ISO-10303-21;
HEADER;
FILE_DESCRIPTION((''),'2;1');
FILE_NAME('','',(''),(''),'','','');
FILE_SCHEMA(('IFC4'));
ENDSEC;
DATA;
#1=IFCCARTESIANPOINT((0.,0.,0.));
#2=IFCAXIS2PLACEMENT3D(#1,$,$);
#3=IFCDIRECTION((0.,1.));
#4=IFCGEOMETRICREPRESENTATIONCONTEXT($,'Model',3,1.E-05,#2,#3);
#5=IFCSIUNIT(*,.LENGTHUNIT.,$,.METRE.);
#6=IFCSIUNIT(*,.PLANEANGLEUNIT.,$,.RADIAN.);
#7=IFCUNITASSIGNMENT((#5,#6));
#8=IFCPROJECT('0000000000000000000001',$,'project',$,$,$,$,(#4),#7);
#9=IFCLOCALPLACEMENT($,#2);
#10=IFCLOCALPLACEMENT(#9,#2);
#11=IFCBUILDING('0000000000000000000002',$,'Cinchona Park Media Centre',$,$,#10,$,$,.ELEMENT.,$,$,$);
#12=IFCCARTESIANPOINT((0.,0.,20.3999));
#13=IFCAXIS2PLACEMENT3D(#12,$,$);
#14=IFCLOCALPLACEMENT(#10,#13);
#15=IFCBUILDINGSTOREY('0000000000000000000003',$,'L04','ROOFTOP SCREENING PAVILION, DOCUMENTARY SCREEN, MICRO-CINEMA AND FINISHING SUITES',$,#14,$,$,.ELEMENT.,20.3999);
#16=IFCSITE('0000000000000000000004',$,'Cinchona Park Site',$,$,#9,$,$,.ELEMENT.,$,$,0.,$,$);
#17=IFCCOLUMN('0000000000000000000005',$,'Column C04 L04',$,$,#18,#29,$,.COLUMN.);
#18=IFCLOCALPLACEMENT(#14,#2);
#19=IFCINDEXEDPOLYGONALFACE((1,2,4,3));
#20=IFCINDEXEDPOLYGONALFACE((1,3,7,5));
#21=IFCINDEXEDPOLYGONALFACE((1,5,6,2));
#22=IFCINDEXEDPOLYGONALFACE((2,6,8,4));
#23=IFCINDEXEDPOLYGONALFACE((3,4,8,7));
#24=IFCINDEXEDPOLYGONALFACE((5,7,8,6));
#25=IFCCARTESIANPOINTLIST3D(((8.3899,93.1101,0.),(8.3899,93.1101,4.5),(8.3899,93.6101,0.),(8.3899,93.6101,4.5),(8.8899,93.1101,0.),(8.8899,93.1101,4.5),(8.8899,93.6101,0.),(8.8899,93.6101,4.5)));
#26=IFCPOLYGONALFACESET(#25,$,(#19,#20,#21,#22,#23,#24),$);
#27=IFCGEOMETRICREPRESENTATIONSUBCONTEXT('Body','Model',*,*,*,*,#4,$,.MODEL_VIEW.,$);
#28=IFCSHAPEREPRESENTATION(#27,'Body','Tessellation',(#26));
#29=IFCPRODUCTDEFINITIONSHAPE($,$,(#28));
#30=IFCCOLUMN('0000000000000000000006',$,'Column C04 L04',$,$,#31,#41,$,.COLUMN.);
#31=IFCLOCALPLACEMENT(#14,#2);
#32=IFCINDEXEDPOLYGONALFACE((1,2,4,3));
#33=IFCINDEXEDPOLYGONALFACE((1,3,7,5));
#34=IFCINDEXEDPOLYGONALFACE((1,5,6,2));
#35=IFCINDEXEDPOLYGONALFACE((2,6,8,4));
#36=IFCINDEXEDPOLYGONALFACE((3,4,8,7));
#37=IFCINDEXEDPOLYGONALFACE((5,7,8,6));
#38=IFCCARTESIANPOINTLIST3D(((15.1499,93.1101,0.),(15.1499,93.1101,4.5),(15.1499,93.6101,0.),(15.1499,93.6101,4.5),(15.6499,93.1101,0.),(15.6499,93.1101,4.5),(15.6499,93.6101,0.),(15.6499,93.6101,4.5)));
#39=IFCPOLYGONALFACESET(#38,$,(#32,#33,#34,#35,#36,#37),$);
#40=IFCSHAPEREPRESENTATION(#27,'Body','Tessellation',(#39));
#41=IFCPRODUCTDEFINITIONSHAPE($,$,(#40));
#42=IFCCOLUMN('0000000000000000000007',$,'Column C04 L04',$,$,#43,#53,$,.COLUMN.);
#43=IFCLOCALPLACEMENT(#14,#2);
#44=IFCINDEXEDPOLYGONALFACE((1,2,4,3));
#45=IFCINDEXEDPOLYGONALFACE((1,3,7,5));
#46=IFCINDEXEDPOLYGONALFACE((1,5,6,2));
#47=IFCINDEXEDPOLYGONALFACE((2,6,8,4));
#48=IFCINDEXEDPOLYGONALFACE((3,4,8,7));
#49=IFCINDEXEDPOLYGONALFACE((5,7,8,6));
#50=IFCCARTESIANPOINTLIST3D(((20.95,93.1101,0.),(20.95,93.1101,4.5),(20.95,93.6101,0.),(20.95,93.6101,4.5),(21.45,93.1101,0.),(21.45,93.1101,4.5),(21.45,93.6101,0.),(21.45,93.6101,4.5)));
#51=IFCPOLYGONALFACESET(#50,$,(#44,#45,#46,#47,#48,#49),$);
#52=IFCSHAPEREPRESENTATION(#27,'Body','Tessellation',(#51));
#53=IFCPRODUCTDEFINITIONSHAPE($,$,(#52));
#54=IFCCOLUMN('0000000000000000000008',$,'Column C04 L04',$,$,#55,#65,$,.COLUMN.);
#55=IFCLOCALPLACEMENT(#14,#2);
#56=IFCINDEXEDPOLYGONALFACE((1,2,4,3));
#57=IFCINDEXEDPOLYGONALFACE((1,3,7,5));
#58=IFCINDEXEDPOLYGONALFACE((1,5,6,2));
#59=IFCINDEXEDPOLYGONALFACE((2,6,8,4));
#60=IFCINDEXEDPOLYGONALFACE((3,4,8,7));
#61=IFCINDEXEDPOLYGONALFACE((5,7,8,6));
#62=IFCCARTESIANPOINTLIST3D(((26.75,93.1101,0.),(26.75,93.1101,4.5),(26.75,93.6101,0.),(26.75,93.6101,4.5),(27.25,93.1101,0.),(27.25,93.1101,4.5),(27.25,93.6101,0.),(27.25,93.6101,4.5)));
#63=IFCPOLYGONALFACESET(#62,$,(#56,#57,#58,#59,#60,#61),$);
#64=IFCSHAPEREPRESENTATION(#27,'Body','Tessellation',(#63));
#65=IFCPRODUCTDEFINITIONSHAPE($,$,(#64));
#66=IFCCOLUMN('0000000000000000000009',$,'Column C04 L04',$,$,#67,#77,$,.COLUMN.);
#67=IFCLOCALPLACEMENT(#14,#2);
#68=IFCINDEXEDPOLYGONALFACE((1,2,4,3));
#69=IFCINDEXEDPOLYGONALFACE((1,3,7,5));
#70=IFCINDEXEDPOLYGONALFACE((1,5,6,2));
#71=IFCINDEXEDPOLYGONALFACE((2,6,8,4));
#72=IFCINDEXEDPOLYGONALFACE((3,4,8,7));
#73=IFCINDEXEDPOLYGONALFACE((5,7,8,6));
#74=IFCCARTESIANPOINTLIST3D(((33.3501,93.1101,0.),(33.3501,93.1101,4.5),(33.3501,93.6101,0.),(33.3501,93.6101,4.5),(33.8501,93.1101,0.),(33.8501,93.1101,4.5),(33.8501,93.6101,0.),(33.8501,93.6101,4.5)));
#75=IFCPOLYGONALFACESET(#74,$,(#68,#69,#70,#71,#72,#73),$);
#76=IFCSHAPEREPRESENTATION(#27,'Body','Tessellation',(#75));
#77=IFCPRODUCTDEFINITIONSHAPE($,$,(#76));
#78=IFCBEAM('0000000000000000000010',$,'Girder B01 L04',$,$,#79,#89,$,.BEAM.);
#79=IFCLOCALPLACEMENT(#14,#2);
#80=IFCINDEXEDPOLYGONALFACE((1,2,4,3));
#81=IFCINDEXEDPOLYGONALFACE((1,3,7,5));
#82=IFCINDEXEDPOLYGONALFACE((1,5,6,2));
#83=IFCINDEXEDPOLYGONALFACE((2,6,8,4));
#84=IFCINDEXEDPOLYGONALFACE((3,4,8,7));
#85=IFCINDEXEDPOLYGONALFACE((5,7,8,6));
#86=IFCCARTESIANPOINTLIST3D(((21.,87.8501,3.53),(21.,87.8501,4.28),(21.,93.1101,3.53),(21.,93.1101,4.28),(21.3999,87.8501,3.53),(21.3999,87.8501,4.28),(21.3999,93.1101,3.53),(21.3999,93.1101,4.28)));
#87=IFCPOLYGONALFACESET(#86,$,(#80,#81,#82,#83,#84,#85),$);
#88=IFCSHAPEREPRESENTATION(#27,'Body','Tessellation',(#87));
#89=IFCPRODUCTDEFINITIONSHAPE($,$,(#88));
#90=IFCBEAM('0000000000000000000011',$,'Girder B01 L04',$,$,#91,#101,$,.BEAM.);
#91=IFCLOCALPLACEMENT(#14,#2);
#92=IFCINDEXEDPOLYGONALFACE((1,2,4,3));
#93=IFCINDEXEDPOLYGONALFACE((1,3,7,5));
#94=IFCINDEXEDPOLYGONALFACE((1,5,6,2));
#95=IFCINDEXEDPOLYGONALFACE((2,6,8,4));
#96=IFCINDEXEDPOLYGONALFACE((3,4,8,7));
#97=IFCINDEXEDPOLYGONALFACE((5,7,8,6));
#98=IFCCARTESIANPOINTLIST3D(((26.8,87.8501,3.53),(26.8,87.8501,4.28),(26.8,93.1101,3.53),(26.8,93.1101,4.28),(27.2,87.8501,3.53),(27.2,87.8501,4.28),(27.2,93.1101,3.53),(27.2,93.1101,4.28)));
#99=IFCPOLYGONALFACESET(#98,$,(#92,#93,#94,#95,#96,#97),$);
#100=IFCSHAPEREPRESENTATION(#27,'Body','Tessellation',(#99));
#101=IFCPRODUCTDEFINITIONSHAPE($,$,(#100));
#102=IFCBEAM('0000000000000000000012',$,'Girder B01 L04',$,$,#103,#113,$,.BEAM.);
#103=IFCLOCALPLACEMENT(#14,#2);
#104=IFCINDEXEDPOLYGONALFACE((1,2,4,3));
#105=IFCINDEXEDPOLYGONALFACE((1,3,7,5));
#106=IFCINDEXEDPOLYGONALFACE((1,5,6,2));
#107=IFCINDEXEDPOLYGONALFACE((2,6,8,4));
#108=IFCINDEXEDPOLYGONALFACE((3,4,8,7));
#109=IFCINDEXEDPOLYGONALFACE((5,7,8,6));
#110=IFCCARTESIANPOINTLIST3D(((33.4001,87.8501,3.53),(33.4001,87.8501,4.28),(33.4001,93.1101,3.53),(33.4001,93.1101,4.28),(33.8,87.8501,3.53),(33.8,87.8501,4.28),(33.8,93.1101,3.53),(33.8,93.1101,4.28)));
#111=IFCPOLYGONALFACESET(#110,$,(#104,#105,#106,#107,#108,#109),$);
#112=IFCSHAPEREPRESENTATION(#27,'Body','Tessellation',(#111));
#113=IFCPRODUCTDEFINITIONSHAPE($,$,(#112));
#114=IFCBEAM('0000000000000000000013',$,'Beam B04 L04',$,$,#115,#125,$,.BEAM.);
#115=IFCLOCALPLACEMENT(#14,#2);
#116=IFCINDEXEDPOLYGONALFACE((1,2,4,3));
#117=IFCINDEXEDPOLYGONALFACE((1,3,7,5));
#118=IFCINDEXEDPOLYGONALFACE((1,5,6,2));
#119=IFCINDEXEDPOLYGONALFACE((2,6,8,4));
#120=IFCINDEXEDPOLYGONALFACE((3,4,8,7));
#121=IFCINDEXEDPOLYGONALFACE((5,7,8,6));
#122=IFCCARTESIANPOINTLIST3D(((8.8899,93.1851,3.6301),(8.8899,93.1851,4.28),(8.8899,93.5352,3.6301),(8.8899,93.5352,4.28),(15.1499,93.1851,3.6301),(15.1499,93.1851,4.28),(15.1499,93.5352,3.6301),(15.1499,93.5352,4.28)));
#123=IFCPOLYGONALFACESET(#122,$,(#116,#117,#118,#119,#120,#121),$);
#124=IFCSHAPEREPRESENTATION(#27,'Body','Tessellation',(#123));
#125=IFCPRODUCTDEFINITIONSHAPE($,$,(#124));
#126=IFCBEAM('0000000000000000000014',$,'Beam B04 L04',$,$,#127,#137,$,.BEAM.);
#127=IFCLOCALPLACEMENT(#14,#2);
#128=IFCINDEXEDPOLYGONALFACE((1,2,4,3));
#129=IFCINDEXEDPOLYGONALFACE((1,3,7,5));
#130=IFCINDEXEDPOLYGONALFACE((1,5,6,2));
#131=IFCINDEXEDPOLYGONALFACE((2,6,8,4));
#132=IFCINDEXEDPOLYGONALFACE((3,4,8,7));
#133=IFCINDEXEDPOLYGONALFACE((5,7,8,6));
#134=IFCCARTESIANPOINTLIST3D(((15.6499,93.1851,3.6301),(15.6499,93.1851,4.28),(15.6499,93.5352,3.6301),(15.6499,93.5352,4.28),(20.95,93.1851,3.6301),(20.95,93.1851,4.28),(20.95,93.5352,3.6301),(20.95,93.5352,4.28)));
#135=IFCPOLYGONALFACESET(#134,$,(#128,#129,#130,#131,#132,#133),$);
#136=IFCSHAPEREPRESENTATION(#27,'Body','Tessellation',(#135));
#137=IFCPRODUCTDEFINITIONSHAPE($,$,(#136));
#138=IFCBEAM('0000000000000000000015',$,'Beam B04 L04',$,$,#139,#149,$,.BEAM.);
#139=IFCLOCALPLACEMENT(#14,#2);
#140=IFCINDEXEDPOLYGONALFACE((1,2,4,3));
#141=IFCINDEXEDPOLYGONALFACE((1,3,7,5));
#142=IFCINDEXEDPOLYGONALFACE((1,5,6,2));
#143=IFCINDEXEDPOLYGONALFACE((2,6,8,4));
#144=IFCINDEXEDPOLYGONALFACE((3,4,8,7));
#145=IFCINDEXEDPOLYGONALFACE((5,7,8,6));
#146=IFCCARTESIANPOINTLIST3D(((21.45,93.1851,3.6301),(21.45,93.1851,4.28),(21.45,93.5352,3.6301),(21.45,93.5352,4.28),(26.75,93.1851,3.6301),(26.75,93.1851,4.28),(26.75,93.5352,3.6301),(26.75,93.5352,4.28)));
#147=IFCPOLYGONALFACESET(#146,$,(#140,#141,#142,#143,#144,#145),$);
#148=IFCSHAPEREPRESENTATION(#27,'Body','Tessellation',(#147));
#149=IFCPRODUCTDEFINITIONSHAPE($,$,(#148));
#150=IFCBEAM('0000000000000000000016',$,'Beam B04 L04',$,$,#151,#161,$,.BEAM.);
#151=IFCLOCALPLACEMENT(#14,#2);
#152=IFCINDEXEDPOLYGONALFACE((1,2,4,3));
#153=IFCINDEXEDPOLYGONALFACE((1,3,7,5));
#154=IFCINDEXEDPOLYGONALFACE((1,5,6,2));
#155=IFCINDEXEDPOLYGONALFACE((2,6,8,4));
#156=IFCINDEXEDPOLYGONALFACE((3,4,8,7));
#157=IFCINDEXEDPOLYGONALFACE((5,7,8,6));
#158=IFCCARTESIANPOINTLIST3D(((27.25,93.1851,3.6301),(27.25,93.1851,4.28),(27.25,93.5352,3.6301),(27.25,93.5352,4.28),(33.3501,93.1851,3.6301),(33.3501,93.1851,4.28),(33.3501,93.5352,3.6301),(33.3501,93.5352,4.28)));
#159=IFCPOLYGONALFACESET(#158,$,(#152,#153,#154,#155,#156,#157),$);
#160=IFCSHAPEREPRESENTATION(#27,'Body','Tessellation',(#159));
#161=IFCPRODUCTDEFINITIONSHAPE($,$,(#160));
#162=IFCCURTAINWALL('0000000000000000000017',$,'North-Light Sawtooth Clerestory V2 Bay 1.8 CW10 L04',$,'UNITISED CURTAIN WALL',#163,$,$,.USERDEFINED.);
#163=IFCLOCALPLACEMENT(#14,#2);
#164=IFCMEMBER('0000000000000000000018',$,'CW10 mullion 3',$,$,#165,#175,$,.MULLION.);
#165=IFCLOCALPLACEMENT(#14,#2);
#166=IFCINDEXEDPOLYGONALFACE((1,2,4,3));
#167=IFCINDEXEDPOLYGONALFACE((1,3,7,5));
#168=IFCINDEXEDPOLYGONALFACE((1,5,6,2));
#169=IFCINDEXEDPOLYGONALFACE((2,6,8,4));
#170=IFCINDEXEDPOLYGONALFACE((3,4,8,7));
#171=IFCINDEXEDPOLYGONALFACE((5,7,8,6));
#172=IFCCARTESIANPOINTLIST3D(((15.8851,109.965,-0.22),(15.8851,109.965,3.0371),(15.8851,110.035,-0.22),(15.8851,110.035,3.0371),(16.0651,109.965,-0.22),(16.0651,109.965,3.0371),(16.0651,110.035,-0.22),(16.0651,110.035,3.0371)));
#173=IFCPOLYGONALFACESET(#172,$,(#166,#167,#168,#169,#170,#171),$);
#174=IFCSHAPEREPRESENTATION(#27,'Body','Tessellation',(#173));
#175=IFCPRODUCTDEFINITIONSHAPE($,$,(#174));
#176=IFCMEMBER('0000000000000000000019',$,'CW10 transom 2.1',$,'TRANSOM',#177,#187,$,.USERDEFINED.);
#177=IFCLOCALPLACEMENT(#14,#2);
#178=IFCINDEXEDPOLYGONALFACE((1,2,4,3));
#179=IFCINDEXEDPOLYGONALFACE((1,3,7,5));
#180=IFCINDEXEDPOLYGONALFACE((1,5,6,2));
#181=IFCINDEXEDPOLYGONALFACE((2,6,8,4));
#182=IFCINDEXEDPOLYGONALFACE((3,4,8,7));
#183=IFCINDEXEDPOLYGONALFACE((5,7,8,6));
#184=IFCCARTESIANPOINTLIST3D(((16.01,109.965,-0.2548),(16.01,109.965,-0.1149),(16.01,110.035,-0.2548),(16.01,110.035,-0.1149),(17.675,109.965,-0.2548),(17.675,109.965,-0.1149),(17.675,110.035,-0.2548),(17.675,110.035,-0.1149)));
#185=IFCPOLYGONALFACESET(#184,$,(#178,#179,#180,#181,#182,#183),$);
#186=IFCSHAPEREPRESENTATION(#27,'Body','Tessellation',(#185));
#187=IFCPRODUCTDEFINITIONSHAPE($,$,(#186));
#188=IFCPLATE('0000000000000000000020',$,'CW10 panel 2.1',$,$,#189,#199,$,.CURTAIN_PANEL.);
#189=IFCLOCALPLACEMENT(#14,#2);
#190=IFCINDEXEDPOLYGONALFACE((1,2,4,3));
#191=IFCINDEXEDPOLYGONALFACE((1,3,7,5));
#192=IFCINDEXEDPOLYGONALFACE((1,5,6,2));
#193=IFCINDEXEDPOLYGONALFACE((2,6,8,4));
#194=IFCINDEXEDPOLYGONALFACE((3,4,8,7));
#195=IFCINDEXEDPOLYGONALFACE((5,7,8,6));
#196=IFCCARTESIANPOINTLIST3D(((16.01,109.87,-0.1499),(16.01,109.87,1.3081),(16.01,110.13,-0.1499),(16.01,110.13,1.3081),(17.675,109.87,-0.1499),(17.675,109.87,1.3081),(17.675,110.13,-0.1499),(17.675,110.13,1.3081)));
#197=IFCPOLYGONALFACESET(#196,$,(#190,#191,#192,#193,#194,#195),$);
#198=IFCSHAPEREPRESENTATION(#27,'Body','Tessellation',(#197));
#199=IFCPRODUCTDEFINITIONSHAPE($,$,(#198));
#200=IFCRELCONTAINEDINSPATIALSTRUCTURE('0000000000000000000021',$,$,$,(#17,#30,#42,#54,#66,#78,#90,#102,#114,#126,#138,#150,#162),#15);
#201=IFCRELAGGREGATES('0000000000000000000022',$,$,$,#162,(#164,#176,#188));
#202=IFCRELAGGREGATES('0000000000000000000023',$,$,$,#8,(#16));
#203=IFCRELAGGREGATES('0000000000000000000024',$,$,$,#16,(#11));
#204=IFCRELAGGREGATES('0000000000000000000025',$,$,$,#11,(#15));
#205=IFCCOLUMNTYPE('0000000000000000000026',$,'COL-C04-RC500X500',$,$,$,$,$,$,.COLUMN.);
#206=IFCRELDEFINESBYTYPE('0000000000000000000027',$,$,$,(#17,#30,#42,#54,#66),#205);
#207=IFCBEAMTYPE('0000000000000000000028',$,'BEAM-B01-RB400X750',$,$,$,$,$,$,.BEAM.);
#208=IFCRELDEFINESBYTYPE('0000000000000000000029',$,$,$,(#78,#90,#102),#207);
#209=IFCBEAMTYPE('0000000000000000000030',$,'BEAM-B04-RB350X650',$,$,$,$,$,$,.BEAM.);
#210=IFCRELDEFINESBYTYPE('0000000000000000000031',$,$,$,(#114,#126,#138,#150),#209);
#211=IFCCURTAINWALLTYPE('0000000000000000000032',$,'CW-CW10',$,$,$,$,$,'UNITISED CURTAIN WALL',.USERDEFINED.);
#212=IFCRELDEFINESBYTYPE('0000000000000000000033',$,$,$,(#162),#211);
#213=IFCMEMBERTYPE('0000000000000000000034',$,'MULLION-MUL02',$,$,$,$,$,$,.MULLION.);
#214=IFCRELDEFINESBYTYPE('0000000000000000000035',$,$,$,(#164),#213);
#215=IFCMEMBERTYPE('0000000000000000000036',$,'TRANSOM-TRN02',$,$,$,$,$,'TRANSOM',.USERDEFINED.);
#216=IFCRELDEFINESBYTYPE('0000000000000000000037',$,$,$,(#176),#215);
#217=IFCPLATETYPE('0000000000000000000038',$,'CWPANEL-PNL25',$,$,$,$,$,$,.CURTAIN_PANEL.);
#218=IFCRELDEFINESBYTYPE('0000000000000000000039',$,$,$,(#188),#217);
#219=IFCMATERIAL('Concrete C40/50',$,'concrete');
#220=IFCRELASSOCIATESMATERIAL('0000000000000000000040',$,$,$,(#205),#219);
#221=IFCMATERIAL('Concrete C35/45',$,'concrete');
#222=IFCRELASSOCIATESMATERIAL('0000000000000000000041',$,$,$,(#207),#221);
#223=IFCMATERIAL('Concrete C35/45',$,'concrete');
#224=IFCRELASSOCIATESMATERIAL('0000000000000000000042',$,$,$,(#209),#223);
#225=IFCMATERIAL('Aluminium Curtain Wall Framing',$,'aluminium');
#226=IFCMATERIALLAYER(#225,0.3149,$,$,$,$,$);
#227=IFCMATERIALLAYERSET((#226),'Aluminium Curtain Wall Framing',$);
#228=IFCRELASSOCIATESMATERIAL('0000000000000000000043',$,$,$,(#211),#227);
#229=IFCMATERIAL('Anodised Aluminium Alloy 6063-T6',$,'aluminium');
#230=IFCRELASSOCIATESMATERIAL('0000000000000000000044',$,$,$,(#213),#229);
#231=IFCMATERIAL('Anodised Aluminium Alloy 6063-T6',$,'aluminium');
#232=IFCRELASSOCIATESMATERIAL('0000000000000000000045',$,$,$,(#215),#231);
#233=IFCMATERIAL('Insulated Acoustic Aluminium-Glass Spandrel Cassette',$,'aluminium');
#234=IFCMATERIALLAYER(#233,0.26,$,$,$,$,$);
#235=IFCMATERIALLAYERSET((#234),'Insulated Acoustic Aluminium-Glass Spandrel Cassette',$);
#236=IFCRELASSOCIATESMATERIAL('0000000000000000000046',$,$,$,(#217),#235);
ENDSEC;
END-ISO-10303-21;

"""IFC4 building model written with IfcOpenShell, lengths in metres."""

from ifc_helpers import new_model, si_unit, direction, frame, origin, origin_2d, place, context, subcontext, project, spatial, rectangle, extrude, material, layer, layer_set, material_profile, profile_set, type_object, element, aggregate, save


model = new_model("IFC4")

# Units and contexts
model_context = context("Model", 3, precision=1e-05, world=origin(), true_north=direction((0.0, 1.0)))
body_context = subcontext(model_context, "Body", "Model", "MODEL_VIEW")
ifc_project = project(units=[si_unit("LENGTHUNIT", "METRE"), si_unit("PLANEANGLEUNIT", "RADIAN")], contexts=[model_context])

# Site, building, storey
site_placement = place(None, origin())
site = spatial("IfcSite", under=ifc_project, at=site_placement, Name="Cinchona Park Site", CompositionType="ELEMENT", RefElevation=0.0)
building_placement = place(site_placement, origin())
building = spatial("IfcBuilding", under=site, at=building_placement, Name="Cinchona Park Media Centre", CompositionType="ELEMENT")
storey_placement = place(building_placement, frame((0.0, 0.0, 20.3999)))
storey = spatial("IfcBuildingStorey", under=building, at=storey_placement, Name="L04", Description="ROOFTOP SCREENING PAVILION, DOCUMENTARY SCREEN, MICRO-CINEMA AND FINISHING SUITES", CompositionType="ELEMENT", Elevation=20.3999)

# Columns
ifc_material_1 = material(Name="Concrete C40/50", Category="concrete")
ifc_material_profile_1 = material_profile(ifc_material_1, rectangle(XDim=0.5, YDim=0.5, at=origin_2d()), Name="RC 500X500")
ifc_profile_set_1 = profile_set([ifc_material_profile_1], Name="Concrete C40/50")
column_type = type_object("IfcColumnType", Name="COL-C04-RC500X500", PredefinedType="COLUMN", material=ifc_profile_set_1)
for number, where, z_axis, x_axis, name in (
    (1, (8.6399, 93.3601, 0.0), (0.0, 0.0, 1.0), (1.0, 0.0, 0.0), "Column C04 L04"),
    (2, (15.3999, 93.3601, 0.0), (0.0, 0.0, 1.0), (1.0, 0.0, 0.0), "Column C04 L04"),
    (3, (21.2, 93.3601, 0.0), (0.0, 0.0, 1.0), (1.0, 0.0, 0.0), "Column C04 L04"),
    (4, (27.0, 93.3601, 0.0), (0.0, 0.0, 1.0), (1.0, 0.0, 0.0), "Column C04 L04"),
    (5, (33.6001, 93.3601, 0.0), (0.0, 0.0, 1.0), (1.0, 0.0, 0.0), "Column C04 L04"),
):
    element("IfcColumn", number, at=place(storey_placement, frame(where, z_axis=z_axis, x_axis=x_axis)), inside=storey, type_object=column_type, Name=name, PredefinedType="COLUMN", context=body_context, shape_type="SweptSolid", body=[
        extrude(rectangle(XDim=0.5, YDim=0.5, at=origin_2d()), origin(), (0.0, 0.0, 1.0), 4.5),
    ])

# Beams
ifc_material_2 = material(Name="Concrete C35/45", Category="concrete")
ifc_material_profile_2 = material_profile(ifc_material_2, rectangle(XDim=0.3999, YDim=0.75, at=origin_2d()), Name="RB 400X750")
ifc_profile_set_2 = profile_set([ifc_material_profile_2], Name="Concrete C35/45")
beam_type_1 = type_object("IfcBeamType", Name="BEAM-B01-RB400X750", PredefinedType="BEAM", material=ifc_profile_set_2)
for number, where, z_axis, x_axis, name in (
    (6, (21.2, 87.8501, 3.905), (0.0, 1.0, 0.0), (-1.0, 0.0, 0.0), "Girder B01 L04"),
    (7, (27.0, 87.8501, 3.905), (0.0, 1.0, 0.0), (-1.0, 0.0, 0.0), "Girder B01 L04"),
    (8, (33.6001, 87.8501, 3.905), (0.0, 1.0, 0.0), (-1.0, 0.0, 0.0), "Girder B01 L04"),
):
    element("IfcBeam", number, at=place(storey_placement, frame(where, z_axis=z_axis, x_axis=x_axis)), inside=storey, type_object=beam_type_1, Name=name, PredefinedType="BEAM", context=body_context, shape_type="SweptSolid", body=[
        extrude(rectangle(XDim=0.3999, YDim=0.75, at=origin_2d()), origin(), (0.0, 0.0, 1.0), 5.26),
    ])
ifc_material_3 = material(Name="Concrete C35/45", Category="concrete")
ifc_material_profile_3 = material_profile(ifc_material_3, rectangle(XDim=0.3501, YDim=0.6499, at=origin_2d()), Name="RB 350X650")
ifc_profile_set_3 = profile_set([ifc_material_profile_3], Name="Concrete C35/45")
beam_type_2 = type_object("IfcBeamType", Name="BEAM-B04-RB350X650", PredefinedType="BEAM", material=ifc_profile_set_3)
beam_1_placement = place(storey_placement, frame((8.8899, 93.3601, 3.9551), z_axis=(1.0, 0.0, 0.0), x_axis=(0.0, 1.0, 0.0)))
element("IfcBeam", 9, at=beam_1_placement, inside=storey, type_object=beam_type_2, Name="Beam B04 L04", PredefinedType="BEAM", context=body_context, shape_type="SweptSolid", body=[
    extrude(rectangle(XDim=0.3501, YDim=0.6499, at=origin_2d()), origin(), (0.0, 0.0, 1.0), 6.26),
])
for number, where, z_axis, x_axis, name in (
    (10, (15.6499, 93.3601, 3.9551), (1.0, 0.0, 0.0), (0.0, 1.0, 0.0), "Beam B04 L04"),
    (11, (21.45, 93.3601, 3.9551), (1.0, 0.0, 0.0), (0.0, 1.0, 0.0), "Beam B04 L04"),
):
    element("IfcBeam", number, at=place(storey_placement, frame(where, z_axis=z_axis, x_axis=x_axis)), inside=storey, type_object=beam_type_2, Name=name, PredefinedType="BEAM", context=body_context, shape_type="SweptSolid", body=[
        extrude(rectangle(XDim=0.3501, YDim=0.6499, at=origin_2d()), origin(), (0.0, 0.0, 1.0), 5.3),
    ])
beam_2_placement = place(storey_placement, frame((27.25, 93.3601, 3.9551), z_axis=(1.0, 0.0, 0.0), x_axis=(0.0, 1.0, 0.0)))
element("IfcBeam", 12, at=beam_2_placement, inside=storey, type_object=beam_type_2, Name="Beam B04 L04", PredefinedType="BEAM", context=body_context, shape_type="SweptSolid", body=[
    extrude(rectangle(XDim=0.3501, YDim=0.6499, at=origin_2d()), origin(), (0.0, 0.0, 1.0), 6.1001),
])

# Curtain wall, members, plate
ifc_material_4 = material(Name="Aluminium Curtain Wall Framing", Category="aluminium")
ifc_layer_1 = layer(ifc_material_4, 0.3149)
ifc_layer_set_1 = layer_set([ifc_layer_1], Name="Aluminium Curtain Wall Framing")
curtain_wall_type = type_object("IfcCurtainWallType", Name="CW-CW10", ElementType="UNITISED CURTAIN WALL", PredefinedType="USERDEFINED", material=ifc_layer_set_1)
curtain_wall_placement = place(storey_placement, origin())
curtain_wall = element("IfcCurtainWall", 13, at=curtain_wall_placement, inside=storey, type_object=curtain_wall_type, Name="North-Light Sawtooth Clerestory V2 Bay 1.8 CW10 L04", ObjectType="UNITISED CURTAIN WALL", PredefinedType="USERDEFINED")
ifc_material_5 = material(Name="Anodised Aluminium Alloy 6063-T6", Category="aluminium")
ifc_material_profile_4 = material_profile(ifc_material_5, rectangle(XDim=0.0701, YDim=0.1799, at=origin_2d()), Name="MUL-70X180")
ifc_profile_set_4 = profile_set([ifc_material_profile_4], Name="Anodised Aluminium Alloy 6063-T6")
member_type_1 = type_object("IfcMemberType", Name="MULLION-MUL02", PredefinedType="MULLION", material=ifc_profile_set_4)
member_1_placement = place(storey_placement, frame((15.9751, 110.0, -0.22), z_axis=(0.0, 0.0, 1.0), x_axis=(0.0, -1.0, 0.0)))
member_1 = element("IfcMember", 14, at=member_1_placement, type_object=member_type_1, Name="CW10 mullion 3", PredefinedType="MULLION", context=body_context, shape_type="SweptSolid", body=[
    extrude(rectangle(XDim=0.0701, YDim=0.1799, at=origin_2d()), origin(), (0.0, 0.0, 1.0), 3.2571),
])
ifc_material_6 = material(Name="Anodised Aluminium Alloy 6063-T6", Category="aluminium")
ifc_material_profile_5 = material_profile(ifc_material_6, rectangle(XDim=0.0701, YDim=0.1399, at=origin_2d()), Name="TRN-70X140")
ifc_profile_set_5 = profile_set([ifc_material_profile_5], Name="Anodised Aluminium Alloy 6063-T6")
member_type_2 = type_object("IfcMemberType", Name="TRANSOM-TRN02", ElementType="TRANSOM", PredefinedType="USERDEFINED", material=ifc_profile_set_5)
member_2_placement = place(storey_placement, frame((17.675, 110.0, -0.1848), z_axis=(-1.0, 0.0, 0.0), x_axis=(0.0, -1.0, 0.0)))
member_2 = element("IfcMember", 15, at=member_2_placement, type_object=member_type_2, Name="CW10 transom 2.1", ObjectType="TRANSOM", PredefinedType="USERDEFINED", context=body_context, shape_type="SweptSolid", body=[
    extrude(rectangle(XDim=0.0701, YDim=0.1399, at=origin_2d()), origin(), (0.0, 0.0, 1.0), 1.665),
])
ifc_material_7 = material(Name="Insulated Acoustic Aluminium-Glass Spandrel Cassette", Category="aluminium")
ifc_layer_2 = layer(ifc_material_7, 0.26)
ifc_layer_set_2 = layer_set([ifc_layer_2], Name="Insulated Acoustic Aluminium-Glass Spandrel Cassette")
plate_type = type_object("IfcPlateType", Name="CWPANEL-PNL25", PredefinedType="CURTAIN_PANEL", material=ifc_layer_set_2)
plate_1_placement = place(storey_placement, frame((16.8425, 110.0, -0.1499), z_axis=(0.0, 0.0, 1.0), x_axis=(-1.0, 0.0, 0.0)))
plate_1 = element("IfcPlate", 16, at=plate_1_placement, type_object=plate_type, Name="CW10 panel 2.1", PredefinedType="CURTAIN_PANEL", context=body_context, shape_type="SweptSolid", body=[
    extrude(rectangle(XDim=1.665, YDim=0.26, at=origin_2d()), origin(), (0.0, 0.0, 1.0), 1.458),
])
aggregate(curtain_wall, [member_1, member_2, plate_1])

save(model, "model.ifc")
